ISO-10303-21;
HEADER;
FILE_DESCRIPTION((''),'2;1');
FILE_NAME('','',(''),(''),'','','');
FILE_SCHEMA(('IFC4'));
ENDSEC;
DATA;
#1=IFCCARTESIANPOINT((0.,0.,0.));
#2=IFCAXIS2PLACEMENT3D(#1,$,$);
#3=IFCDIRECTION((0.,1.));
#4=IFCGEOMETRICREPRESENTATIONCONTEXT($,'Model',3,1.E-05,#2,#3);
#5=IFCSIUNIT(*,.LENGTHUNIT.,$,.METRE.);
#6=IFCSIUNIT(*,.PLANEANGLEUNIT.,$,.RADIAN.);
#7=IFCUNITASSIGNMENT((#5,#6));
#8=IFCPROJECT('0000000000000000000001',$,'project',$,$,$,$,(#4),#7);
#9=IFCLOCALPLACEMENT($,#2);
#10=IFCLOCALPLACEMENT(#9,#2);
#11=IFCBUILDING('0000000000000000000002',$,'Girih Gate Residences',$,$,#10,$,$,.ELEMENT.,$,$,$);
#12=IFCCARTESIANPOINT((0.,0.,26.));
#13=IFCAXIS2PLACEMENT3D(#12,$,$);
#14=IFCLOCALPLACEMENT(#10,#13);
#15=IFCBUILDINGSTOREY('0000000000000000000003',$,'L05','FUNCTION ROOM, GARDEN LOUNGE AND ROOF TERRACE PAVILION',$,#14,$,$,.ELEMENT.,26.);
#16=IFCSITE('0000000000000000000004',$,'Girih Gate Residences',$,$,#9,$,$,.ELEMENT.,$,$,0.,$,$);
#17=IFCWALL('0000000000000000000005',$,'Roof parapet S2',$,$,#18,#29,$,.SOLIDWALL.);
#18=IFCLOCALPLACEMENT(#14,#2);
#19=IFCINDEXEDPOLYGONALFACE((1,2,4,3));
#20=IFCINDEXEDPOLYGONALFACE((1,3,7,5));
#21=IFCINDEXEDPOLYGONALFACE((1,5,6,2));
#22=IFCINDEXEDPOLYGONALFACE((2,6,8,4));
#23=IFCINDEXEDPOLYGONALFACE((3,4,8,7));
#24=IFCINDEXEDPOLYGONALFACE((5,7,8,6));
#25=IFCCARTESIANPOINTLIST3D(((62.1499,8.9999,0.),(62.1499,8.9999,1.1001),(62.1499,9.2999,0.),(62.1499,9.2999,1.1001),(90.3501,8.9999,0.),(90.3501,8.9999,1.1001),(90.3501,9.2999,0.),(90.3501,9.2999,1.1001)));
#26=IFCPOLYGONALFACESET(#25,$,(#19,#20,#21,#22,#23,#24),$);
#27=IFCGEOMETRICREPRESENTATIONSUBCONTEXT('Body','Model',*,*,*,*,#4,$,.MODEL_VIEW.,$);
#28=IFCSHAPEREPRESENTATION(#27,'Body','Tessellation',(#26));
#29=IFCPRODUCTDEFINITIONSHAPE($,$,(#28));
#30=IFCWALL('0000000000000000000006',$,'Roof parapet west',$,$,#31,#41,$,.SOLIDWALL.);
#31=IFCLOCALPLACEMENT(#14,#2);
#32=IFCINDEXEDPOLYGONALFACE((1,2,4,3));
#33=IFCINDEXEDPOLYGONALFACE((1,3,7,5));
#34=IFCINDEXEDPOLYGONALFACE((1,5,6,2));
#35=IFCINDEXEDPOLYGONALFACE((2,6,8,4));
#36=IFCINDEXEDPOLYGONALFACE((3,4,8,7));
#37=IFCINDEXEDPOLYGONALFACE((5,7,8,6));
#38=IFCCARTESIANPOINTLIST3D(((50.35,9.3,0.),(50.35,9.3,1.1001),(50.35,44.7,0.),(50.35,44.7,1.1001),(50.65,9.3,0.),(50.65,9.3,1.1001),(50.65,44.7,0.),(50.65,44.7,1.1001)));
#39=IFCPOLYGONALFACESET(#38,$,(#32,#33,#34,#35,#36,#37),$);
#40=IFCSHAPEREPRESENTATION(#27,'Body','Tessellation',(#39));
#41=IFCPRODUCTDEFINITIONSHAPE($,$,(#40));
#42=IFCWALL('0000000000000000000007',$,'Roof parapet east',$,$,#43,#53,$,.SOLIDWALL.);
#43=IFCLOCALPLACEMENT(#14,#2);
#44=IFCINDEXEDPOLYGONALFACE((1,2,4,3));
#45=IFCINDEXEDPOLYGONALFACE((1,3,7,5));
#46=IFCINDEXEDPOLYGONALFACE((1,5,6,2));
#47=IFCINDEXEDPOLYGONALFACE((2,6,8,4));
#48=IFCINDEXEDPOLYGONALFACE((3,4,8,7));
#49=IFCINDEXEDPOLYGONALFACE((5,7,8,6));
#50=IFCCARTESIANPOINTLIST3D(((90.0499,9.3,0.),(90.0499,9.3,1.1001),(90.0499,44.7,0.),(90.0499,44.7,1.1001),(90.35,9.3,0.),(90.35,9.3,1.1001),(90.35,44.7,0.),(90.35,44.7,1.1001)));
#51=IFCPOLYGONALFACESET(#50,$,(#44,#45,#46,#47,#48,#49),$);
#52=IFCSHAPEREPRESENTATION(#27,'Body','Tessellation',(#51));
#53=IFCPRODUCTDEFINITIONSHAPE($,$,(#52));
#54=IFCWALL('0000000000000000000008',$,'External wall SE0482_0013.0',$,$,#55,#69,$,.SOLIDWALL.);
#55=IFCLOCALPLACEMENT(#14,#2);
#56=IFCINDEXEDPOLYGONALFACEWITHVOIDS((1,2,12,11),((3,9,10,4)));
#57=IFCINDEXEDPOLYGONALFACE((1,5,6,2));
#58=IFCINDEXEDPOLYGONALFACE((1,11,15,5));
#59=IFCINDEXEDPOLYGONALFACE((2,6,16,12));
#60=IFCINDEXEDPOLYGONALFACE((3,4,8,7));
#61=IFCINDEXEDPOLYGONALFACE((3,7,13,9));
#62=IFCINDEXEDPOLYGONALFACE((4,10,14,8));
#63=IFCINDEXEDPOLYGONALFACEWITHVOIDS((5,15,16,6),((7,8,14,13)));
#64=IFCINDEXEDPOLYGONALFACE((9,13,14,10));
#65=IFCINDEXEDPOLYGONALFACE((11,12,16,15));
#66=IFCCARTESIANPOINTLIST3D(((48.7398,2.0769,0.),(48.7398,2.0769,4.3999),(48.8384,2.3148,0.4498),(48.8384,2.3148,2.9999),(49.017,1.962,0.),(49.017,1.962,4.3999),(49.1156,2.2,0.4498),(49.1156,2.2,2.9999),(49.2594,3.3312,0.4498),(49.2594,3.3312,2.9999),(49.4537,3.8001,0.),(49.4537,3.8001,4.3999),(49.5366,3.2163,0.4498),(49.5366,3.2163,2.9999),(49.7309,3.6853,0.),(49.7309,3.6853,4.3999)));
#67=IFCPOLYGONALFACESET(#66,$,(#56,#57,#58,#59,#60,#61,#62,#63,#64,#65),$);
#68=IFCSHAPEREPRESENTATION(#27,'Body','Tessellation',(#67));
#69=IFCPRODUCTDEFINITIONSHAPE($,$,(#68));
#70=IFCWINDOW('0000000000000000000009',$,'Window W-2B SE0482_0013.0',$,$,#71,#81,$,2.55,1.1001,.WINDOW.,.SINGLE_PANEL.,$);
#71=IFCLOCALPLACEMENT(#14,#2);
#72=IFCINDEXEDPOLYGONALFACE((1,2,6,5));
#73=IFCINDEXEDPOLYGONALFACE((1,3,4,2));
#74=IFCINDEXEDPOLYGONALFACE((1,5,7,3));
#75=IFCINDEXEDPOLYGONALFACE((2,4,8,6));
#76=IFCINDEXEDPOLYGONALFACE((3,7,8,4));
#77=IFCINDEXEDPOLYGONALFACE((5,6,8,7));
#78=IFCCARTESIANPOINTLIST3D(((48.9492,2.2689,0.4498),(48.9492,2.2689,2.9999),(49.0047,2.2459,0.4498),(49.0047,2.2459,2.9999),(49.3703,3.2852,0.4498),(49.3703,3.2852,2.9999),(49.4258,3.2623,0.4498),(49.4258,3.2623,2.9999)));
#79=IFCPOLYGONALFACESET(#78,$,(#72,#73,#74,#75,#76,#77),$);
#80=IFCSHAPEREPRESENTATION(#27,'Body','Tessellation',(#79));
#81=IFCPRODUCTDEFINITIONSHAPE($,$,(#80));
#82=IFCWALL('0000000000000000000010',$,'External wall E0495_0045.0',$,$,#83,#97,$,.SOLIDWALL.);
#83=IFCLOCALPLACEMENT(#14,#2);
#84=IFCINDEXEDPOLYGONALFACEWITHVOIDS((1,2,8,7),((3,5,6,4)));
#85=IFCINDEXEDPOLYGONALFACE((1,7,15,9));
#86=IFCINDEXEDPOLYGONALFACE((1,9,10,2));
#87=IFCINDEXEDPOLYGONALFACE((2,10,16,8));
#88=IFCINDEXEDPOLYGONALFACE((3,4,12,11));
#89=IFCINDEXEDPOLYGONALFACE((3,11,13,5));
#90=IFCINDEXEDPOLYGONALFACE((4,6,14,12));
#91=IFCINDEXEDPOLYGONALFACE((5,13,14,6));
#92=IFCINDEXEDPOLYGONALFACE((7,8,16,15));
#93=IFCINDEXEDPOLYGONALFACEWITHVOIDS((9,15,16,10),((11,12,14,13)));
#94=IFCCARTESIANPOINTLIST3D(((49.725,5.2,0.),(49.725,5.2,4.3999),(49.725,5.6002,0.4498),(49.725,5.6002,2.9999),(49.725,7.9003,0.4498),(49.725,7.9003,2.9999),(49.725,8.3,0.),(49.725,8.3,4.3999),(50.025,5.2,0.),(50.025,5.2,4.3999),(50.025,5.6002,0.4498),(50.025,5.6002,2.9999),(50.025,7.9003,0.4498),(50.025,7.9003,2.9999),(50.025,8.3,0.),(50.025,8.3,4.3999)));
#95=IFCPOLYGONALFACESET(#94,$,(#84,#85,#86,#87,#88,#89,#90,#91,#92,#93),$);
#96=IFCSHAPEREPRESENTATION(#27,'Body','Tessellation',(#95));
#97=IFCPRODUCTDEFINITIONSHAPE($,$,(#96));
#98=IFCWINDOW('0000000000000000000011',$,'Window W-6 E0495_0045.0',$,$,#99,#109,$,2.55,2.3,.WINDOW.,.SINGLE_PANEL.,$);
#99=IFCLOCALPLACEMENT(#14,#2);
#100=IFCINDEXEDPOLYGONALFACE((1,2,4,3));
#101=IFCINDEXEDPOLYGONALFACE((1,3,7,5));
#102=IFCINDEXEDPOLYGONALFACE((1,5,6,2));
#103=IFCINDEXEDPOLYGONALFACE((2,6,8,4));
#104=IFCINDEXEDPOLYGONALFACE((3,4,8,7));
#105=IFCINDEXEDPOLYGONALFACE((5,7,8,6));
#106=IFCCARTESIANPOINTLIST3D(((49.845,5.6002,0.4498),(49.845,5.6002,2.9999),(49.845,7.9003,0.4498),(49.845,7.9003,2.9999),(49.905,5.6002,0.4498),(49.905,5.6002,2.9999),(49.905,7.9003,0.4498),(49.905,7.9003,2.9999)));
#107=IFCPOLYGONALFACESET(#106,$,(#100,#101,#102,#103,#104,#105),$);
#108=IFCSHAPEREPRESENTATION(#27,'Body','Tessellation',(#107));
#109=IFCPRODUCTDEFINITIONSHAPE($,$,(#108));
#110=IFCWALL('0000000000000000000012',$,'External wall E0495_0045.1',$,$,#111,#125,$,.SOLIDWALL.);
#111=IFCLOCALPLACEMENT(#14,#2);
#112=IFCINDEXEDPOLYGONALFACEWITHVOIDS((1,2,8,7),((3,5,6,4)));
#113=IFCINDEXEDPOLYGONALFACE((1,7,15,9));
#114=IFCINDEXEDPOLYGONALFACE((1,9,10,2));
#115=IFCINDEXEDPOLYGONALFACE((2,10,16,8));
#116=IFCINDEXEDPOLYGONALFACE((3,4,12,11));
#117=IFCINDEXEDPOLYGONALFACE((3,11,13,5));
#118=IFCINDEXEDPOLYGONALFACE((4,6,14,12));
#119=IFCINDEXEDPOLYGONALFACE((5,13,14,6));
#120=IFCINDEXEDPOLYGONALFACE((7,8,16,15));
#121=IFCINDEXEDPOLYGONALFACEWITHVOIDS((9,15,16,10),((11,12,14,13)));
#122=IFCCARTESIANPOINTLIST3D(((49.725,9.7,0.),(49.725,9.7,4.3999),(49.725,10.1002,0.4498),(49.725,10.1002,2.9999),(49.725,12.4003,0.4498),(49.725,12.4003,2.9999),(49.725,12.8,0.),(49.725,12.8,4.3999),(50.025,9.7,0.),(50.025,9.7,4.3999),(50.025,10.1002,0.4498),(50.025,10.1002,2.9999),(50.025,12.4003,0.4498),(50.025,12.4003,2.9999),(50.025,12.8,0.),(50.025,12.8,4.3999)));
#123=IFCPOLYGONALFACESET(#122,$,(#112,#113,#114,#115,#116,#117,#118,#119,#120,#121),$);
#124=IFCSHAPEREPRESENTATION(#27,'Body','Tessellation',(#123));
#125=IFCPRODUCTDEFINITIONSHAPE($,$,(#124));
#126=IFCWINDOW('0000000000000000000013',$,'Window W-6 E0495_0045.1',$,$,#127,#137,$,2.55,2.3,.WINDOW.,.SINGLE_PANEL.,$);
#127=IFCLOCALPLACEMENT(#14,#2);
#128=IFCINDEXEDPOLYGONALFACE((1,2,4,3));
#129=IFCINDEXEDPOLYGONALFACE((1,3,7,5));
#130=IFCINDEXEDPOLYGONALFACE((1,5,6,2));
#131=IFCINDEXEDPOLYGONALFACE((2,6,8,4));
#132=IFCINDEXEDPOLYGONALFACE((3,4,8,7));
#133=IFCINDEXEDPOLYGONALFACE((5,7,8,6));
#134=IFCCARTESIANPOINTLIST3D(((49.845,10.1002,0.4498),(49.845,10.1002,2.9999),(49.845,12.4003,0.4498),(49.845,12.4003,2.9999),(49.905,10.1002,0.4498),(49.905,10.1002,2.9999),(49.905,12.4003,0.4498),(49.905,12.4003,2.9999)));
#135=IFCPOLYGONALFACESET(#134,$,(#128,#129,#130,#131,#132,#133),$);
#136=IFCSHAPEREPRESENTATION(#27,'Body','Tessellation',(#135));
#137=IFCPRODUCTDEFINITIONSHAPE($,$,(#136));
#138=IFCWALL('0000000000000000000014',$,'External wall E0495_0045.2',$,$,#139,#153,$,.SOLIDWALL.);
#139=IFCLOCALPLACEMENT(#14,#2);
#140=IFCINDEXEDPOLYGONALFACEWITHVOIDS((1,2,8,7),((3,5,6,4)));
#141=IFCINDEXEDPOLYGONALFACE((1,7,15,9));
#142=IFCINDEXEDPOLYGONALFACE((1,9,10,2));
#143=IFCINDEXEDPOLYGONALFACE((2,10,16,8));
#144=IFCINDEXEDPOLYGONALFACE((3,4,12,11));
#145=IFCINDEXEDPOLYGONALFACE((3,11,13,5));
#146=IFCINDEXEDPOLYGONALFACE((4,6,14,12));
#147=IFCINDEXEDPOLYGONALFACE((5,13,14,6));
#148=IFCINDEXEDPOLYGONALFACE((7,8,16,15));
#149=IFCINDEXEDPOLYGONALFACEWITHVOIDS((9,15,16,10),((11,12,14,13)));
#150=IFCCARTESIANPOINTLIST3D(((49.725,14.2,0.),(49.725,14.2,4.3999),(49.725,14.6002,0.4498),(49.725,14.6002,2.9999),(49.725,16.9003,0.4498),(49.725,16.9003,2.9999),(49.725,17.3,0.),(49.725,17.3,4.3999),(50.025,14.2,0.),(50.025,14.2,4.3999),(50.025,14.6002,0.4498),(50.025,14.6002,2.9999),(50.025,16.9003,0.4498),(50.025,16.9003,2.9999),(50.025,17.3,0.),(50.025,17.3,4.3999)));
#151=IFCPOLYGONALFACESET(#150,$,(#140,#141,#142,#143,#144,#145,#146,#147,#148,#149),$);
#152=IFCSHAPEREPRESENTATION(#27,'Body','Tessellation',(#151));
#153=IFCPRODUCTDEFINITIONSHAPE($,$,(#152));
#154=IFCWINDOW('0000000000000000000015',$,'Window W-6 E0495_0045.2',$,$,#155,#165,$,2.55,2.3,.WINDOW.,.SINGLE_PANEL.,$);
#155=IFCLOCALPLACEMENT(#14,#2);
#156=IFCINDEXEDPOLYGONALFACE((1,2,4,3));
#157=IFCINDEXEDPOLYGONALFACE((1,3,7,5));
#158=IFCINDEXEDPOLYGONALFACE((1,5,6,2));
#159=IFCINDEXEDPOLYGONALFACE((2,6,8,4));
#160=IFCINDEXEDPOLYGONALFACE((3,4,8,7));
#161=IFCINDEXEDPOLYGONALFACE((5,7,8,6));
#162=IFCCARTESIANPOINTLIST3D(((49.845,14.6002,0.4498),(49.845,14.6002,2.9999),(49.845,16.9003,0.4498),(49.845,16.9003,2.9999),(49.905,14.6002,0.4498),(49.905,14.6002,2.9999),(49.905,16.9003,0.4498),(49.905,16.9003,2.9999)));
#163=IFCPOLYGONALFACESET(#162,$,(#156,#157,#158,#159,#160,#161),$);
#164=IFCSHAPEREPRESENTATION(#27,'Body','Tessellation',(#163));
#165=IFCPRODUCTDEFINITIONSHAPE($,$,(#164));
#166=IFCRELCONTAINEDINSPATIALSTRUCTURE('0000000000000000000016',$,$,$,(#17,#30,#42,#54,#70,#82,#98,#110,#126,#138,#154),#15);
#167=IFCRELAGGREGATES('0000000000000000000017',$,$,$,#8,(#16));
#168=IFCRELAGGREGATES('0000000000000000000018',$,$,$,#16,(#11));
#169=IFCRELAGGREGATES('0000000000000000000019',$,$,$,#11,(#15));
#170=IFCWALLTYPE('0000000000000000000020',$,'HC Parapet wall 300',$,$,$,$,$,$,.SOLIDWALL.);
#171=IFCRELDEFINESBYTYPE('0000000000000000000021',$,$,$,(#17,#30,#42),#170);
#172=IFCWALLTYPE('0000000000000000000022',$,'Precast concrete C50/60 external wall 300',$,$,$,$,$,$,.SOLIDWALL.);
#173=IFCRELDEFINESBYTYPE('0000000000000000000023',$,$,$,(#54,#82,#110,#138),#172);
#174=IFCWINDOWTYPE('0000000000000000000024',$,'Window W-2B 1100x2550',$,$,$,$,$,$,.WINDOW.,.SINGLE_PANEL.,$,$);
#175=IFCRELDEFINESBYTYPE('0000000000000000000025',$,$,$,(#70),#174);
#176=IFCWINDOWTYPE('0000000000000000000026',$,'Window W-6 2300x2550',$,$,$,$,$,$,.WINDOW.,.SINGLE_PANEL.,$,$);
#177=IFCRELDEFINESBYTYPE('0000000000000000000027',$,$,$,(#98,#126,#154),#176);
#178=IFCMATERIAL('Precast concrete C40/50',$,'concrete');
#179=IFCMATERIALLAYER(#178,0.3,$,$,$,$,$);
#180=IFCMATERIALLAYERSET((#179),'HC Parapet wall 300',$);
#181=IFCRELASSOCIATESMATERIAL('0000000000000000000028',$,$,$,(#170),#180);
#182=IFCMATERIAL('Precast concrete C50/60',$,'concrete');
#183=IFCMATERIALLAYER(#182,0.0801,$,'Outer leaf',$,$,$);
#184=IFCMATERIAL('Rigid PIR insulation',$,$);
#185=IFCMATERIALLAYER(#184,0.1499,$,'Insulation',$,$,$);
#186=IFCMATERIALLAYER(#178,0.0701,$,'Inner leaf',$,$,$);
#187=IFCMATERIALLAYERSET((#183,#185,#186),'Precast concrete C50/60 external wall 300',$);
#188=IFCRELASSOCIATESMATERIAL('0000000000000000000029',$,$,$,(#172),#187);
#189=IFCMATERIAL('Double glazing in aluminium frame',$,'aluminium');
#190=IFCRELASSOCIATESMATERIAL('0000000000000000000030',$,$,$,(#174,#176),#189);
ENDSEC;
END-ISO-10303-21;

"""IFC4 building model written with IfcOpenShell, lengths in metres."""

from ifc_helpers import new_model, si_unit, direction, frame, frame_2d, origin, place, context, subcontext, project, spatial, rectangle, extrude, material, layer, layer_set, type_object, element, fill, save


model = new_model("IFC4")

# Units and contexts
model_context = context("Model", 3, precision=1e-05, world=origin(), true_north=direction((0.0, 1.0)))
body_context = subcontext(model_context, "Body", "Model", "MODEL_VIEW")
ifc_project = project(units=[si_unit("LENGTHUNIT", "METRE"), si_unit("PLANEANGLEUNIT", "RADIAN")], contexts=[model_context])

# Site, building, storey
site_placement = place(None, origin())
site = spatial("IfcSite", under=ifc_project, at=site_placement, Name="Girih Gate Residences", CompositionType="ELEMENT", RefElevation=0.0)
building_placement = place(site_placement, origin())
building = spatial("IfcBuilding", under=site, at=building_placement, Name="Girih Gate Residences", CompositionType="ELEMENT")
storey_placement = place(building_placement, frame((0.0, 0.0, 26.0)))
storey = spatial("IfcBuildingStorey", under=building, at=storey_placement, Name="L05", Description="FUNCTION ROOM, GARDEN LOUNGE AND ROOF TERRACE PAVILION", CompositionType="ELEMENT", Elevation=26.0)

# Shared definitions
ifc_material_1 = material(Name="Precast concrete C40/50", Category="concrete")

# Walls
ifc_layer_1 = layer(ifc_material_1, 0.3)
ifc_layer_set_1 = layer_set([ifc_layer_1], Name="HC Parapet wall 300")
wall_type_1 = type_object("IfcWallType", Name="HC Parapet wall 300", PredefinedType="SOLIDWALL", material=ifc_layer_set_1)
wall_1_placement = place(storey_placement, frame((62.1499, 9.1499, 0.0), z_axis=(0.0, 0.0, 1.0), x_axis=(1.0, 0.0, 0.0)))
element("IfcWall", 1, at=wall_1_placement, inside=storey, type_object=wall_type_1, Name="Roof parapet S2", PredefinedType="SOLIDWALL", context=body_context, shape_type="SweptSolid", body=[
    extrude(rectangle(XDim=28.2002, YDim=0.3, at=frame_2d((14.1001, 0.0))), origin(), (0.0, 0.0, 1.0), 1.1001),
])
for number, where, z_axis, x_axis, name in (
    (2, (50.5, 9.3, 0.0), (0.0, 0.0, 1.0), (0.0, 1.0, 0.0), "Roof parapet west"),
    (3, (90.2, 9.3, 0.0), (0.0, 0.0, 1.0), (0.0, 1.0, 0.0), "Roof parapet east"),
):
    element("IfcWall", number, at=place(storey_placement, frame(where, z_axis=z_axis, x_axis=x_axis)), inside=storey, type_object=wall_type_1, Name=name, PredefinedType="SOLIDWALL", context=body_context, shape_type="SweptSolid", body=[
        extrude(rectangle(XDim=35.3999, YDim=0.3, at=frame_2d((17.7, 0.0))), origin(), (0.0, 0.0, 1.0), 1.1001),
    ])

# Walls, openings, windows
ifc_material_2 = material(Name="Precast concrete C50/60", Category="concrete")
ifc_layer_2 = layer(ifc_material_2, 0.0801, Name="Outer leaf")
ifc_material_3 = material(Name="Rigid PIR insulation")
ifc_layer_3 = layer(ifc_material_3, 0.1499, Name="Insulation")
ifc_layer_4 = layer(ifc_material_1, 0.0701, Name="Inner leaf")
ifc_layer_set_2 = layer_set([ifc_layer_2, ifc_layer_3, ifc_layer_4], Name="Precast concrete C50/60 external wall 300")
wall_type_2 = type_object("IfcWallType", Name="Precast concrete C50/60 external wall 300", PredefinedType="SOLIDWALL", material=ifc_layer_set_2)
wall_2_placement = place(storey_placement, frame((49.5923, 3.7427, 0.0), z_axis=(0.0, 0.0, 1.0), x_axis=(-0.382737, -0.923857, 0.0)))
wall_2 = element("IfcWall", 4, at=wall_2_placement, inside=storey, type_object=wall_type_2, Name="External wall SE0482_0013.0", PredefinedType="SOLIDWALL", context=body_context, shape_type="SweptSolid", body=[
    extrude(rectangle(XDim=1.8652, YDim=0.3, at=frame_2d((0.9326, 0.0))), origin(), (0.0, 0.0, 1.0), 4.3999),
])
opening_1_placement = place(wall_2_placement, frame((0.5076, 0.0, 0.45)))
opening_1 = element("IfcOpeningElement", 5, at=opening_1_placement, cuts=wall_2, PredefinedType="OPENING", context=body_context, shape_type="SweptSolid", body=[
    extrude(rectangle(XDim=1.1001, YDim=2.55, at=frame_2d((0.55, 1.2749))), frame((0.0, 0.1599, 0.0), z_axis=(0.0, -1.0, 0.0), x_axis=(1.0, 0.0, 0.0)), (0.0, 0.0, 1.0), 0.3201),
])
ifc_material_4 = material(Name="Double glazing in aluminium frame", Category="aluminium")
window_type_1 = type_object("IfcWindowType", Name="Window W-2B 1100x2550", PartitioningType="SINGLE_PANEL", PredefinedType="WINDOW", material=ifc_material_4)
window_1_placement = place(opening_1_placement, origin())
window_1 = element("IfcWindow", 6, at=window_1_placement, inside=storey, type_object=window_type_1, Name="Window W-2B SE0482_0013.0", OverallHeight=2.55, OverallWidth=1.1001, PartitioningType="SINGLE_PANEL", PredefinedType="WINDOW", context=body_context, shape_type="SweptSolid", body=[
    extrude(rectangle(XDim=1.1001, YDim=2.55, at=frame_2d((0.55, 1.2749))), frame((0.0, 0.03, 0.0), z_axis=(0.0, -1.0, 0.0), x_axis=(1.0, 0.0, 0.0)), (0.0, 0.0, 1.0), 0.0601),
])
fill(opening_1, window_1)
wall_3_placement = place(storey_placement, frame((49.875, 8.3, 0.0), z_axis=(0.0, 0.0, 1.0), x_axis=(0.0, -1.0, 0.0)))
wall_3 = element("IfcWall", 7, at=wall_3_placement, inside=storey, type_object=wall_type_2, Name="External wall E0495_0045.0", PredefinedType="SOLIDWALL", context=body_context, shape_type="SweptSolid", body=[
    extrude(rectangle(XDim=3.1001, YDim=0.3, at=frame_2d((1.55, 0.0))), origin(), (0.0, 0.0, 1.0), 4.3999),
])
opening_2_placement = place(wall_3_placement, frame((0.3999, 0.0, 0.45)))
opening_2 = element("IfcOpeningElement", 8, at=opening_2_placement, cuts=wall_3, PredefinedType="OPENING", context=body_context, shape_type="SweptSolid", body=[
    extrude(rectangle(XDim=2.3, YDim=2.55, at=frame_2d((1.1499, 1.2749))), frame((0.0, 0.1599, 0.0), z_axis=(0.0, -1.0, 0.0), x_axis=(1.0, 0.0, 0.0)), (0.0, 0.0, 1.0), 0.3201),
])
window_type_2 = type_object("IfcWindowType", Name="Window W-6 2300x2550", PartitioningType="SINGLE_PANEL", PredefinedType="WINDOW", material=ifc_material_4)
window_2_placement = place(opening_2_placement, origin())
window_2 = element("IfcWindow", 9, at=window_2_placement, inside=storey, type_object=window_type_2, Name="Window W-6 E0495_0045.0", OverallHeight=2.55, OverallWidth=2.3, PartitioningType="SINGLE_PANEL", PredefinedType="WINDOW", context=body_context, shape_type="SweptSolid", body=[
    extrude(rectangle(XDim=2.3, YDim=2.55, at=frame_2d((1.1499, 1.2749))), frame((0.0, 0.03, 0.0), z_axis=(0.0, -1.0, 0.0), x_axis=(1.0, 0.0, 0.0)), (0.0, 0.0, 1.0), 0.0601),
])
fill(opening_2, window_2)
wall_4_placement = place(storey_placement, frame((49.875, 12.8, 0.0), z_axis=(0.0, 0.0, 1.0), x_axis=(0.0, -1.0, 0.0)))
wall_4 = element("IfcWall", 10, at=wall_4_placement, inside=storey, type_object=wall_type_2, Name="External wall E0495_0045.1", PredefinedType="SOLIDWALL", context=body_context, shape_type="SweptSolid", body=[
    extrude(rectangle(XDim=3.1001, YDim=0.3, at=frame_2d((1.55, 0.0))), origin(), (0.0, 0.0, 1.0), 4.3999),
])
opening_3_placement = place(wall_4_placement, frame((0.3999, 0.0, 0.45)))
opening_3 = element("IfcOpeningElement", 11, at=opening_3_placement, cuts=wall_4, PredefinedType="OPENING", context=body_context, shape_type="SweptSolid", body=[
    extrude(rectangle(XDim=2.3, YDim=2.55, at=frame_2d((1.1499, 1.2749))), frame((0.0, 0.1599, 0.0), z_axis=(0.0, -1.0, 0.0), x_axis=(1.0, 0.0, 0.0)), (0.0, 0.0, 1.0), 0.3201),
])
window_3_placement = place(opening_3_placement, origin())
window_3 = element("IfcWindow", 12, at=window_3_placement, inside=storey, type_object=window_type_2, Name="Window W-6 E0495_0045.1", OverallHeight=2.55, OverallWidth=2.3, PartitioningType="SINGLE_PANEL", PredefinedType="WINDOW", context=body_context, shape_type="SweptSolid", body=[
    extrude(rectangle(XDim=2.3, YDim=2.55, at=frame_2d((1.1499, 1.2749))), frame((0.0, 0.03, 0.0), z_axis=(0.0, -1.0, 0.0), x_axis=(1.0, 0.0, 0.0)), (0.0, 0.0, 1.0), 0.0601),
])
fill(opening_3, window_3)
wall_5_placement = place(storey_placement, frame((49.875, 17.3, 0.0), z_axis=(0.0, 0.0, 1.0), x_axis=(0.0, -1.0, 0.0)))
wall_5 = element("IfcWall", 13, at=wall_5_placement, inside=storey, type_object=wall_type_2, Name="External wall E0495_0045.2", PredefinedType="SOLIDWALL", context=body_context, shape_type="SweptSolid", body=[
    extrude(rectangle(XDim=3.1001, YDim=0.3, at=frame_2d((1.55, 0.0))), origin(), (0.0, 0.0, 1.0), 4.3999),
])
opening_4_placement = place(wall_5_placement, frame((0.3999, 0.0, 0.45)))
opening_4 = element("IfcOpeningElement", 14, at=opening_4_placement, cuts=wall_5, PredefinedType="OPENING", context=body_context, shape_type="SweptSolid", body=[
    extrude(rectangle(XDim=2.3, YDim=2.55, at=frame_2d((1.1499, 1.2749))), frame((0.0, 0.1599, 0.0), z_axis=(0.0, -1.0, 0.0), x_axis=(1.0, 0.0, 0.0)), (0.0, 0.0, 1.0), 0.3201),
])
window_4_placement = place(opening_4_placement, origin())
window_4 = element("IfcWindow", 15, at=window_4_placement, inside=storey, type_object=window_type_2, Name="Window W-6 E0495_0045.2", OverallHeight=2.55, OverallWidth=2.3, PartitioningType="SINGLE_PANEL", PredefinedType="WINDOW", context=body_context, shape_type="SweptSolid", body=[
    extrude(rectangle(XDim=2.3, YDim=2.55, at=frame_2d((1.1499, 1.2749))), frame((0.0, 0.03, 0.0), z_axis=(0.0, -1.0, 0.0), x_axis=(1.0, 0.0, 0.0)), (0.0, 0.0, 1.0), 0.0601),
])
fill(opening_4, window_4)

save(model, "model.ifc")
